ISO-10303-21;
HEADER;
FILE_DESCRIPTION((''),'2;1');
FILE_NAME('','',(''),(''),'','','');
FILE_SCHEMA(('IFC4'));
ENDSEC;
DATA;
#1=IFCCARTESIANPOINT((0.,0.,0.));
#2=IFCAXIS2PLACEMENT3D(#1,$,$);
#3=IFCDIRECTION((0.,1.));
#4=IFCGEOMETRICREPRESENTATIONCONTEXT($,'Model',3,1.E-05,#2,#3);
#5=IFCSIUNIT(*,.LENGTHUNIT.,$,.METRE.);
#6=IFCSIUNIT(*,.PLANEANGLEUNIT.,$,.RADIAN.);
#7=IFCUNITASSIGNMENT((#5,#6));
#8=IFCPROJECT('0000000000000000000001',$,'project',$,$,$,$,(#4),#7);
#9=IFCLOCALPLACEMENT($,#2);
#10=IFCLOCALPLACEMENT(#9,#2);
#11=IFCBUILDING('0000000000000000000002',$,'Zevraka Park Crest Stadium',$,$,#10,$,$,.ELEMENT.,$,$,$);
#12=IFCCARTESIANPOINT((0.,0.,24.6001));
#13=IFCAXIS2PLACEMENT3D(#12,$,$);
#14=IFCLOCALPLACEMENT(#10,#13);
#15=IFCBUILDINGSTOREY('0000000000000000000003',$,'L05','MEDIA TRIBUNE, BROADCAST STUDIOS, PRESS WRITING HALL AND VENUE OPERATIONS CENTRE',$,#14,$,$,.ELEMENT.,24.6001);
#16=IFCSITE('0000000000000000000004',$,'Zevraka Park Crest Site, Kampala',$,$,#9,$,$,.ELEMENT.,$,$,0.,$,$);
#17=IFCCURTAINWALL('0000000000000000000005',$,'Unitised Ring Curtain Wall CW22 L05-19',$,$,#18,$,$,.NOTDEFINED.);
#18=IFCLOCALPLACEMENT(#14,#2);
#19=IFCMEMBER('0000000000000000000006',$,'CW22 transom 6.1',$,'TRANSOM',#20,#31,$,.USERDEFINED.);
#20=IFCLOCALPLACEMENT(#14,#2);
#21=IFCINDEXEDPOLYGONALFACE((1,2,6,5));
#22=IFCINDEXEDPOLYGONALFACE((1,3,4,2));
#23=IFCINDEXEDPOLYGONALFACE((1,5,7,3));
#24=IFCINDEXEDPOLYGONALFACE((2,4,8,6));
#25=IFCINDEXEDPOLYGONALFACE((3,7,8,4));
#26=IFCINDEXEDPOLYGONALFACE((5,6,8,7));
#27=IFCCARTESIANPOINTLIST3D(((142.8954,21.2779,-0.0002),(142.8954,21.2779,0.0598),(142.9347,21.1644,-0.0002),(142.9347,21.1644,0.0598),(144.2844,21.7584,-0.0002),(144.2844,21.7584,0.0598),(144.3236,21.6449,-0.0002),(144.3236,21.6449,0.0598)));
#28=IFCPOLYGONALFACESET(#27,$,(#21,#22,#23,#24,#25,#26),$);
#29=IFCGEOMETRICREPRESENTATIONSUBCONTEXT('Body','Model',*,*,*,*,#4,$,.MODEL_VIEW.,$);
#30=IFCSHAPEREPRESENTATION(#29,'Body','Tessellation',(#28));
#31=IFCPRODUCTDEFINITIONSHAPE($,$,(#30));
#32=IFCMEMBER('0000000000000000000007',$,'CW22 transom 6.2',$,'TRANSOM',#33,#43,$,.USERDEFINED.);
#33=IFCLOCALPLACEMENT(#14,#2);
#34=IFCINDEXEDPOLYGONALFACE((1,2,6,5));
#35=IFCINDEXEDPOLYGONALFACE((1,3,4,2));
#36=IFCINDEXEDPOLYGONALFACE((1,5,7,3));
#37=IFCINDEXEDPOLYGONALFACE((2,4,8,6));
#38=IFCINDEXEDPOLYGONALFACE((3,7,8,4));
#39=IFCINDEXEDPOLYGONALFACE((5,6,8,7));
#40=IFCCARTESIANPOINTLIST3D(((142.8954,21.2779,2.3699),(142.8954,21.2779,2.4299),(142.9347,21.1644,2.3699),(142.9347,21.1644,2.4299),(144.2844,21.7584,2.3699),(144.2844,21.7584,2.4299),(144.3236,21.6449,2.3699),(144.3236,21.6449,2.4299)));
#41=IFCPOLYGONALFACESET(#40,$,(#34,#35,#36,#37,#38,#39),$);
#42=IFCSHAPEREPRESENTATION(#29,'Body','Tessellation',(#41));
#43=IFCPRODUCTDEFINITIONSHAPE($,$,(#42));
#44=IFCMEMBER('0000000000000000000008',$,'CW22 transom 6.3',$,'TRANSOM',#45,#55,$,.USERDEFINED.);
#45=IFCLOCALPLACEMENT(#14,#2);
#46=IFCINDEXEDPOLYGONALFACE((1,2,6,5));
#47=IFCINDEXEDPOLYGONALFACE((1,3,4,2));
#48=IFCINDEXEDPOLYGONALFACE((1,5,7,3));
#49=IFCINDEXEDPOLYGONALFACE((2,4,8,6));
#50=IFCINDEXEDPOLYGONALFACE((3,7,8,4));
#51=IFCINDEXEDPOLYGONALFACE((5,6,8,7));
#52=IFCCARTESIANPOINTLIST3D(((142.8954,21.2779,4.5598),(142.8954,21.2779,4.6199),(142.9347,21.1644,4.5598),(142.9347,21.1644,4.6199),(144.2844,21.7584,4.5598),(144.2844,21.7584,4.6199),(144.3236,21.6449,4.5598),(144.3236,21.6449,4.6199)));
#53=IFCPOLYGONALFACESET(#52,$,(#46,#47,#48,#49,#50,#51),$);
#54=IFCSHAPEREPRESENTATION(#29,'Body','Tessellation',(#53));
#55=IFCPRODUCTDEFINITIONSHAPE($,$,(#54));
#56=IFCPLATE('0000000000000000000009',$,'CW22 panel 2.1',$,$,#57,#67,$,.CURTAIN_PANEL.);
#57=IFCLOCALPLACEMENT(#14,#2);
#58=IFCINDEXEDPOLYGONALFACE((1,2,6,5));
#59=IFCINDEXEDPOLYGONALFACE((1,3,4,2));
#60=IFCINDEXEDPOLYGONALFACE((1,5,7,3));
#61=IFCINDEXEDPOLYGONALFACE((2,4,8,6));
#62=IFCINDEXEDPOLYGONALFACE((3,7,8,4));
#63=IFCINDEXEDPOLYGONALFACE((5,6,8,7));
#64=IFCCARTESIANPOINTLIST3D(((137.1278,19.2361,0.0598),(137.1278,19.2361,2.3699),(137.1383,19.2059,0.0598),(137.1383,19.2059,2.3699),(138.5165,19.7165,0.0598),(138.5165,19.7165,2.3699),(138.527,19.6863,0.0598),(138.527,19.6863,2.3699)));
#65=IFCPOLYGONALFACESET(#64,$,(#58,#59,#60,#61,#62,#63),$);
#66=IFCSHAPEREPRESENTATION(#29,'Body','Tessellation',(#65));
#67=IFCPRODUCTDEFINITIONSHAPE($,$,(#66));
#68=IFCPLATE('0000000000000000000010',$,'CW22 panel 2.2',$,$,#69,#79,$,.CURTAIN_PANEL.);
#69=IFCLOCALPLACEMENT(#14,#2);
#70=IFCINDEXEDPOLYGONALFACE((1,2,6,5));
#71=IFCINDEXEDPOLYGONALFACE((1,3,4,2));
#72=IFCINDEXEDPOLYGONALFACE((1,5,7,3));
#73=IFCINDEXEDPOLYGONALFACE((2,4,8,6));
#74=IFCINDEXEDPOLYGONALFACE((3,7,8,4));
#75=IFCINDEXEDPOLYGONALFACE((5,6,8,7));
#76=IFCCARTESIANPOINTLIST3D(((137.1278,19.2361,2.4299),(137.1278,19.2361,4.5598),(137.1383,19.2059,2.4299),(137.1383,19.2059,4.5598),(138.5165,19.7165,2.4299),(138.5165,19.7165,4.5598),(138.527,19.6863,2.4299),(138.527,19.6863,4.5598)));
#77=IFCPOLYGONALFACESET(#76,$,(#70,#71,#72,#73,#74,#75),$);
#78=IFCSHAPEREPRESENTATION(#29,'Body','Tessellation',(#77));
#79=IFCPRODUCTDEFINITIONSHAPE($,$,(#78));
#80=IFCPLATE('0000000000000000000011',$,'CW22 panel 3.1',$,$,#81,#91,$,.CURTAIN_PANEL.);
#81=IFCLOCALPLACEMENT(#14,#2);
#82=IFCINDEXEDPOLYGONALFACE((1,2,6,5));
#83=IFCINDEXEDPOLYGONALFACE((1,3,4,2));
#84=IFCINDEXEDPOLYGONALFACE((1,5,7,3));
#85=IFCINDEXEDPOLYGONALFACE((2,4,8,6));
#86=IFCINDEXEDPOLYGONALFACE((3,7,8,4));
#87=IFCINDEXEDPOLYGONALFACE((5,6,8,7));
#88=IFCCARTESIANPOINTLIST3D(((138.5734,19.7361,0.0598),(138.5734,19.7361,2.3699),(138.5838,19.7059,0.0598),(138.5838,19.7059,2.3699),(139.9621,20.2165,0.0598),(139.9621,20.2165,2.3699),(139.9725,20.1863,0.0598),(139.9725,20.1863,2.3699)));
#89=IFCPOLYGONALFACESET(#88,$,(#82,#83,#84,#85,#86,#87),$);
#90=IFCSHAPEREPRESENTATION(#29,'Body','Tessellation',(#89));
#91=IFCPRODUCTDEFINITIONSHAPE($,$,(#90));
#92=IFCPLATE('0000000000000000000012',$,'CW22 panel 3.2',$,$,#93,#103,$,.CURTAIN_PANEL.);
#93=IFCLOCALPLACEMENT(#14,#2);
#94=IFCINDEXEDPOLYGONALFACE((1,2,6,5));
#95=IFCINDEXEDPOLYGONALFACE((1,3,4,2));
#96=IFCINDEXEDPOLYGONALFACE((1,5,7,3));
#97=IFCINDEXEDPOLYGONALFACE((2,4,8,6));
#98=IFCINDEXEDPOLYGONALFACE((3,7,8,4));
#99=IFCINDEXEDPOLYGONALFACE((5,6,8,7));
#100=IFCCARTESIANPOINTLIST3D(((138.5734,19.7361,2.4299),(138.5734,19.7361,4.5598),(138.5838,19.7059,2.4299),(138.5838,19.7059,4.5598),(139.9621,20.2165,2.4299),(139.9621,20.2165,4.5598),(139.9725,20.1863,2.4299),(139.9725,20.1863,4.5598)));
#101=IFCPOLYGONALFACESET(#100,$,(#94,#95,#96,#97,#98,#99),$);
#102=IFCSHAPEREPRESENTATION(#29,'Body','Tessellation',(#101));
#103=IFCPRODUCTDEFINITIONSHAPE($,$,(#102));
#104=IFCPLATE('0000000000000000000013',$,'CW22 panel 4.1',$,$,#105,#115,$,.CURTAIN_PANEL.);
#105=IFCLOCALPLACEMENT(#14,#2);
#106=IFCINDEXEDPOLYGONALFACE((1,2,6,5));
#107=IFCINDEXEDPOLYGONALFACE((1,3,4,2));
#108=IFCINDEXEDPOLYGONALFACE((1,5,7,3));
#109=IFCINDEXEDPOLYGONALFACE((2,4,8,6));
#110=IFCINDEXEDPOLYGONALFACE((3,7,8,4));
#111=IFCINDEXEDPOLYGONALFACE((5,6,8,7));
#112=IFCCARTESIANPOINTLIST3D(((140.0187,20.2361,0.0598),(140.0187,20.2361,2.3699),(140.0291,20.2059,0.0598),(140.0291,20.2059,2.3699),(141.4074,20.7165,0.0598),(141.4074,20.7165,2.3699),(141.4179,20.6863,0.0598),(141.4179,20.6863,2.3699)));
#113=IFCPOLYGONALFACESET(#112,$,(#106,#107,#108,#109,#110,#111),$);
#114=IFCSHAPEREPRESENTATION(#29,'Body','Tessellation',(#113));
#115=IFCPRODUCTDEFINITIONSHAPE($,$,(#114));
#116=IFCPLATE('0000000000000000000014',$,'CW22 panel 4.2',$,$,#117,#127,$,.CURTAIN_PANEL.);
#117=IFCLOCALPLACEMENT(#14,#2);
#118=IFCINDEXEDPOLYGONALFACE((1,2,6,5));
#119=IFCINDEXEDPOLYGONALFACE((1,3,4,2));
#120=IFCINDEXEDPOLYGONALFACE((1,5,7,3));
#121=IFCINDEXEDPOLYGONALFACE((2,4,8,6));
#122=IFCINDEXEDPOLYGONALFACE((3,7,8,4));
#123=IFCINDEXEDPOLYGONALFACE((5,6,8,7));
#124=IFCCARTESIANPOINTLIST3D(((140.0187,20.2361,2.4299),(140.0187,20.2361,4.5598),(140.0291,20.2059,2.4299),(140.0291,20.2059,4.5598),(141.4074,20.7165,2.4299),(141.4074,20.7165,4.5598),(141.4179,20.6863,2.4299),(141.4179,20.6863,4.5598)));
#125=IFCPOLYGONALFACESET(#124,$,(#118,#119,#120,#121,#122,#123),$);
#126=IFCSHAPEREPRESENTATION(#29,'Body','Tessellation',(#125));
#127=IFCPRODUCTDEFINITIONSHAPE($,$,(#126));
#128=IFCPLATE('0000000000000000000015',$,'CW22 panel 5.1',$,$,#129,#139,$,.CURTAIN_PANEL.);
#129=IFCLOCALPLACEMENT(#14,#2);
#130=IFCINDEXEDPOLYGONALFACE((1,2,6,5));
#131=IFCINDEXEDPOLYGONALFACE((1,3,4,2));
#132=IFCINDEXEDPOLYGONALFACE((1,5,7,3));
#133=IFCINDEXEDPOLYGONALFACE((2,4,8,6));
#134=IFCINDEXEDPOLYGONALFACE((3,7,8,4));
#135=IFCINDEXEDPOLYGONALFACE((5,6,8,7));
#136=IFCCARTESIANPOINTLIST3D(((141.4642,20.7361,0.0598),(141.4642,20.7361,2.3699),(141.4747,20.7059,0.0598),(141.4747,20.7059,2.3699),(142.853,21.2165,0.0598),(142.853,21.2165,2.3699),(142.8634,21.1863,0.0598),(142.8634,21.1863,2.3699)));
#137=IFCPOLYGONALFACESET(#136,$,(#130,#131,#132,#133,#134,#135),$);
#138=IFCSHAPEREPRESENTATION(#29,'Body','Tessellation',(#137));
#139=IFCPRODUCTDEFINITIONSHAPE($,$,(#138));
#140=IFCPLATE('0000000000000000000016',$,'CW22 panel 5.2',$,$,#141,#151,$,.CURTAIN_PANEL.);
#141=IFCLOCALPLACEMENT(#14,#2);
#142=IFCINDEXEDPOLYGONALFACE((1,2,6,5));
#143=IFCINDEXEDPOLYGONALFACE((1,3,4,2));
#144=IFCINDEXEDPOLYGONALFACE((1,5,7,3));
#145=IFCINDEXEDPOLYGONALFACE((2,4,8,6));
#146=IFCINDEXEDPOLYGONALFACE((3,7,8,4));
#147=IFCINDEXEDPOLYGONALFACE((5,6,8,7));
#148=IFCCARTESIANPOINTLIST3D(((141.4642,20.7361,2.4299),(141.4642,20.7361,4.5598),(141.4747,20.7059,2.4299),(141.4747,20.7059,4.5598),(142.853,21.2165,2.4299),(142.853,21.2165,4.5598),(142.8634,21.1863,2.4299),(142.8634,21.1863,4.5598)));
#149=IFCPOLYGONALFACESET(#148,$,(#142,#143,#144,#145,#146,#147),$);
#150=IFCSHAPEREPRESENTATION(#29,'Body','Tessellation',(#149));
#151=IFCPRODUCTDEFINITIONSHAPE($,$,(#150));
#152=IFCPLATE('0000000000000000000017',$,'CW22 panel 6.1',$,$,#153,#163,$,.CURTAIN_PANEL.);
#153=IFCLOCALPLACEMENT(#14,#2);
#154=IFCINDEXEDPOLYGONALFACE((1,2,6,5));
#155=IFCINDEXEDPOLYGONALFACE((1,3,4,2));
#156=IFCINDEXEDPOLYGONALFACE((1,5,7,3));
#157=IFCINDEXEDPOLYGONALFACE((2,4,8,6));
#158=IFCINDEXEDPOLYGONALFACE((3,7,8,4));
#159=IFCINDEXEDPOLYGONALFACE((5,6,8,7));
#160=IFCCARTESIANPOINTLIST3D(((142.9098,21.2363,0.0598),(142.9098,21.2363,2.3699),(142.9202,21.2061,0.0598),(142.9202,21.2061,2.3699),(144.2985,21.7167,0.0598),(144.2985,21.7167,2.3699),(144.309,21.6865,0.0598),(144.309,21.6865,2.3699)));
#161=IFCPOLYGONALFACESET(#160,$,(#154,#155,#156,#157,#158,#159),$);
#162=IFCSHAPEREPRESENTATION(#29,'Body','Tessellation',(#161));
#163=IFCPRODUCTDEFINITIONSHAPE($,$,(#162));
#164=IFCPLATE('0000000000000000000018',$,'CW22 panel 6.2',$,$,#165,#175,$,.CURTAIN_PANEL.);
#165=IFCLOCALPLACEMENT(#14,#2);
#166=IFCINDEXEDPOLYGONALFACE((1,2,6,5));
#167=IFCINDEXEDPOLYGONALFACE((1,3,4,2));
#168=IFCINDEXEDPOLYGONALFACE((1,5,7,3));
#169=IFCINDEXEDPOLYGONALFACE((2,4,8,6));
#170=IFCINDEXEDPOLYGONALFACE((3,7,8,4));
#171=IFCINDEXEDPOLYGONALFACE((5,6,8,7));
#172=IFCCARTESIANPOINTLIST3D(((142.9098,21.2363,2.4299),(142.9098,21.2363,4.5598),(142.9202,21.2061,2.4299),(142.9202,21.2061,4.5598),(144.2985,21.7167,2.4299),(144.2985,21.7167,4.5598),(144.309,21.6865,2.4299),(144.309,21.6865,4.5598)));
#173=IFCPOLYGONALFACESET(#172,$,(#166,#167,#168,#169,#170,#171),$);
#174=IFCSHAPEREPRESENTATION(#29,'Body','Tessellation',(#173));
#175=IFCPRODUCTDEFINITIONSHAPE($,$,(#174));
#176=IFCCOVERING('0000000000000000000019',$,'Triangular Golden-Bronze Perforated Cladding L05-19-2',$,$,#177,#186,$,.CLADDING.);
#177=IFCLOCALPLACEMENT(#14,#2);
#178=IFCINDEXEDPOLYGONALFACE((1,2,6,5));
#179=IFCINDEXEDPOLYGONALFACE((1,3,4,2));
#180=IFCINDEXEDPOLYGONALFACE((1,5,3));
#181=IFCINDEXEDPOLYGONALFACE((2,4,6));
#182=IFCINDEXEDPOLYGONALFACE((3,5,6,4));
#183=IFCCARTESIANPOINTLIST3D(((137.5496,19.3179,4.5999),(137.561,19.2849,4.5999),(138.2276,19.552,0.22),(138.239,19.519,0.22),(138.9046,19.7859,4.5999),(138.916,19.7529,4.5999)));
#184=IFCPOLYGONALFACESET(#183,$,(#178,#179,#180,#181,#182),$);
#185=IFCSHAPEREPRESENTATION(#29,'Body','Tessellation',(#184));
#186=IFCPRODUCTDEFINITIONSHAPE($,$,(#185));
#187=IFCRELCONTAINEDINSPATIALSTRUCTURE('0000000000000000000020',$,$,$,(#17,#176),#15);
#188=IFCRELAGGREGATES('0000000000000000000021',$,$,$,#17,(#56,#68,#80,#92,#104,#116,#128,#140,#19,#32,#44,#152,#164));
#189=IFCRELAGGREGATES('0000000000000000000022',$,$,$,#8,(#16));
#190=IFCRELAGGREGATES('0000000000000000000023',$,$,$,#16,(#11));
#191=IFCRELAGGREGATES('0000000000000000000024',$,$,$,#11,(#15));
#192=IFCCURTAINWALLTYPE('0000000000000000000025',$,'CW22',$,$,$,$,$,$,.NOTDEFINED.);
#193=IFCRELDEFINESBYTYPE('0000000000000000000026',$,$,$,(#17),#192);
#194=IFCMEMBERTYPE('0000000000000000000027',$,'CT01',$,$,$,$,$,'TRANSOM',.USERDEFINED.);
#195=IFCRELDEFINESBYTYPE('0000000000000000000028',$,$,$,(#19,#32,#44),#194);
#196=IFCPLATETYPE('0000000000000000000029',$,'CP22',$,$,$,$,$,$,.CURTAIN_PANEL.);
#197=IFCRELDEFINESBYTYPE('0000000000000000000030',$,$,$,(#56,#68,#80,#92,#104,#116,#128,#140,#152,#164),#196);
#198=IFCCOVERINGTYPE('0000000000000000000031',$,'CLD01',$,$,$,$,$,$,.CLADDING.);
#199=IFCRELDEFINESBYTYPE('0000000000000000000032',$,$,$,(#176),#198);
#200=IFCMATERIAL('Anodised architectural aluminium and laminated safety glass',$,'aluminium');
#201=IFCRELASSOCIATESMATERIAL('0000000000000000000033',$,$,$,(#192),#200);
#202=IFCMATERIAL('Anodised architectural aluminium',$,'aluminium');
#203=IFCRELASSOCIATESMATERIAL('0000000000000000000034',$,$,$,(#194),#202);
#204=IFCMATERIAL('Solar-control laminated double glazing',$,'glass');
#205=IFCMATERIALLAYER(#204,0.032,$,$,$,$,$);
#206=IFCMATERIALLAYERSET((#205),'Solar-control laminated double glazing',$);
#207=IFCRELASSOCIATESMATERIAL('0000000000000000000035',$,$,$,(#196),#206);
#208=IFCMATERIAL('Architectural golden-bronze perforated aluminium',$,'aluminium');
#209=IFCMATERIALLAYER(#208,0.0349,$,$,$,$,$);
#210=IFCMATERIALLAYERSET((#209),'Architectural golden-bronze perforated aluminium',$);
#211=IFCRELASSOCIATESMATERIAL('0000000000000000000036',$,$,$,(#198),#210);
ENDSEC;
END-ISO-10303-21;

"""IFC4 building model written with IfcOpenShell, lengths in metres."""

from ifc_helpers import new_model, si_unit, direction, frame, origin, origin_2d, place, context, subcontext, project, spatial, polyline, rectangle, outline, extrude, material, layer, layer_set, material_profile, profile_set, type_object, element, aggregate, save


model = new_model("IFC4")

# Units and contexts
model_context = context("Model", 3, precision=1e-05, world=origin(), true_north=direction((0.0, 1.0)))
body_context = subcontext(model_context, "Body", "Model", "MODEL_VIEW")
ifc_project = project(units=[si_unit("LENGTHUNIT", "METRE"), si_unit("PLANEANGLEUNIT", "RADIAN")], contexts=[model_context])

# Site, building, storey
site_placement = place(None, origin())
site = spatial("IfcSite", under=ifc_project, at=site_placement, Name="Zevraka Park Crest Site, Kampala", CompositionType="ELEMENT", RefElevation=0.0)
building_placement = place(site_placement, origin())
building = spatial("IfcBuilding", under=site, at=building_placement, Name="Zevraka Park Crest Stadium", CompositionType="ELEMENT")
storey_placement = place(building_placement, frame((0.0, 0.0, 24.6001)))
storey = spatial("IfcBuildingStorey", under=building, at=storey_placement, Name="L05", Description="MEDIA TRIBUNE, BROADCAST STUDIOS, PRESS WRITING HALL AND VENUE OPERATIONS CENTRE", CompositionType="ELEMENT", Elevation=24.6001)

# Curtain wall, members, plates
ifc_material_1 = material(Name="Anodised architectural aluminium and laminated safety glass", Category="aluminium")
curtain_wall_type = type_object("IfcCurtainWallType", Name="CW22", PredefinedType="NOTDEFINED", material=ifc_material_1)
curtain_wall_placement = place(storey_placement, origin())
curtain_wall = element("IfcCurtainWall", 1, at=curtain_wall_placement, inside=storey, type_object=curtain_wall_type, Name="Unitised Ring Curtain Wall CW22 L05-19", PredefinedType="NOTDEFINED")
ifc_material_2 = material(Name="Anodised architectural aluminium", Category="aluminium")
ifc_material_profile_1 = material_profile(ifc_material_2, rectangle(XDim=0.1201, YDim=0.0601, at=origin_2d()), Name="ALU TRANSOM 120x60")
ifc_profile_set_1 = profile_set([ifc_material_profile_1], Name="Anodised architectural aluminium")
member_type_1 = type_object("IfcMemberType", Name="CT01", ElementType="TRANSOM", PredefinedType="USERDEFINED", material=ifc_profile_set_1)
member_1_placement = place(storey_placement, frame((142.915, 21.2212, 0.0298), z_axis=(0.945051, 0.326922, 0.0), x_axis=(-0.326922, 0.945051, 0.0)))
member_1 = element("IfcMember", 2, at=member_1_placement, type_object=member_type_1, Name="CW22 transom 6.1", ObjectType="TRANSOM", PredefinedType="USERDEFINED", context=body_context, shape_type="SweptSolid", body=[
    extrude(rectangle(XDim=0.1201, YDim=0.0601, at=origin_2d()), origin(), (0.0, 0.0, 1.0), 1.4697),
])
member_2_placement = place(storey_placement, frame((142.915, 21.2212, 2.3999), z_axis=(0.945051, 0.326922, 0.0), x_axis=(-0.326922, 0.945051, 0.0)))
member_2 = element("IfcMember", 3, at=member_2_placement, type_object=member_type_1, Name="CW22 transom 6.2", ObjectType="TRANSOM", PredefinedType="USERDEFINED", context=body_context, shape_type="SweptSolid", body=[
    extrude(rectangle(XDim=0.1201, YDim=0.0601, at=origin_2d()), origin(), (0.0, 0.0, 1.0), 1.4697),
])
member_3_placement = place(storey_placement, frame((142.915, 21.2212, 4.5898), z_axis=(0.945051, 0.326922, 0.0), x_axis=(-0.326922, 0.945051, 0.0)))
member_3 = element("IfcMember", 4, at=member_3_placement, type_object=member_type_1, Name="CW22 transom 6.3", ObjectType="TRANSOM", PredefinedType="USERDEFINED", context=body_context, shape_type="SweptSolid", body=[
    extrude(rectangle(XDim=0.1201, YDim=0.0601, at=origin_2d()), origin(), (0.0, 0.0, 1.0), 1.4697),
])
ifc_material_3 = material(Name="Solar-control laminated double glazing", Category="glass")
ifc_layer_1 = layer(ifc_material_3, 0.032)
ifc_layer_set_1 = layer_set([ifc_layer_1], Name="Solar-control laminated double glazing")
plate_type = type_object("IfcPlateType", Name="CP22", PredefinedType="CURTAIN_PANEL", material=ifc_layer_set_1)
plate_1_placement = place(storey_placement, frame((137.8274, 19.4612, 0.0598), z_axis=(0.0, 0.0, 1.0), x_axis=(0.945049, 0.326929, 0.0)))
plate_1 = element("IfcPlate", 5, at=plate_1_placement, type_object=plate_type, Name="CW22 panel 2.1", PredefinedType="CURTAIN_PANEL", context=body_context, shape_type="SweptSolid", body=[
    extrude(rectangle(XDim=1.4695, YDim=0.032, at=origin_2d()), origin(), (0.0, 0.0, 1.0), 2.3101),
])
plate_2_placement = place(storey_placement, frame((137.8274, 19.4612, 2.4299), z_axis=(0.0, 0.0, 1.0), x_axis=(0.945049, 0.326929, 0.0)))
plate_2 = element("IfcPlate", 6, at=plate_2_placement, type_object=plate_type, Name="CW22 panel 2.2", PredefinedType="CURTAIN_PANEL", context=body_context, shape_type="SweptSolid", body=[
    extrude(rectangle(XDim=1.4695, YDim=0.032, at=origin_2d()), origin(), (0.0, 0.0, 1.0), 2.1299),
])
plate_3_placement = place(storey_placement, frame((139.2729, 19.9612, 0.0598), z_axis=(0.0, 0.0, 1.0), x_axis=(0.945049, 0.326929, 0.0)))
plate_3 = element("IfcPlate", 7, at=plate_3_placement, type_object=plate_type, Name="CW22 panel 3.1", PredefinedType="CURTAIN_PANEL", context=body_context, shape_type="SweptSolid", body=[
    extrude(rectangle(XDim=1.4695, YDim=0.032, at=origin_2d()), origin(), (0.0, 0.0, 1.0), 2.3101),
])
plate_4_placement = place(storey_placement, frame((139.2729, 19.9612, 2.4299), z_axis=(0.0, 0.0, 1.0), x_axis=(0.945049, 0.326929, 0.0)))
plate_4 = element("IfcPlate", 8, at=plate_4_placement, type_object=plate_type, Name="CW22 panel 3.2", PredefinedType="CURTAIN_PANEL", context=body_context, shape_type="SweptSolid", body=[
    extrude(rectangle(XDim=1.4695, YDim=0.032, at=origin_2d()), origin(), (0.0, 0.0, 1.0), 2.1299),
])
plate_5_placement = place(storey_placement, frame((140.7183, 20.4612, 0.0598), z_axis=(0.0, 0.0, 1.0), x_axis=(0.945049, 0.326929, 0.0)))
plate_5 = element("IfcPlate", 9, at=plate_5_placement, type_object=plate_type, Name="CW22 panel 4.1", PredefinedType="CURTAIN_PANEL", context=body_context, shape_type="SweptSolid", body=[
    extrude(rectangle(XDim=1.4695, YDim=0.032, at=origin_2d()), origin(), (0.0, 0.0, 1.0), 2.3101),
])
plate_6_placement = place(storey_placement, frame((140.7183, 20.4612, 2.4299), z_axis=(0.0, 0.0, 1.0), x_axis=(0.945049, 0.326929, 0.0)))
plate_6 = element("IfcPlate", 10, at=plate_6_placement, type_object=plate_type, Name="CW22 panel 4.2", PredefinedType="CURTAIN_PANEL", context=body_context, shape_type="SweptSolid", body=[
    extrude(rectangle(XDim=1.4695, YDim=0.032, at=origin_2d()), origin(), (0.0, 0.0, 1.0), 2.1299),
])
plate_7_placement = place(storey_placement, frame((142.1638, 20.9612, 0.0598), z_axis=(0.0, 0.0, 1.0), x_axis=(0.945049, 0.326929, 0.0)))
plate_7 = element("IfcPlate", 11, at=plate_7_placement, type_object=plate_type, Name="CW22 panel 5.1", PredefinedType="CURTAIN_PANEL", context=body_context, shape_type="SweptSolid", body=[
    extrude(rectangle(XDim=1.4695, YDim=0.032, at=origin_2d()), origin(), (0.0, 0.0, 1.0), 2.3101),
])
plate_8_placement = place(storey_placement, frame((142.1638, 20.9612, 2.4299), z_axis=(0.0, 0.0, 1.0), x_axis=(0.945049, 0.326929, 0.0)))
plate_8 = element("IfcPlate", 12, at=plate_8_placement, type_object=plate_type, Name="CW22 panel 5.2", PredefinedType="CURTAIN_PANEL", context=body_context, shape_type="SweptSolid", body=[
    extrude(rectangle(XDim=1.4695, YDim=0.032, at=origin_2d()), origin(), (0.0, 0.0, 1.0), 2.1299),
])
plate_9_placement = place(storey_placement, frame((143.6094, 21.4614, 0.0598), z_axis=(0.0, 0.0, 1.0), x_axis=(0.945049, 0.326929, 0.0)))
plate_9 = element("IfcPlate", 13, at=plate_9_placement, type_object=plate_type, Name="CW22 panel 6.1", PredefinedType="CURTAIN_PANEL", context=body_context, shape_type="SweptSolid", body=[
    extrude(rectangle(XDim=1.4695, YDim=0.032, at=origin_2d()), origin(), (0.0, 0.0, 1.0), 2.3101),
])
plate_10_placement = place(storey_placement, frame((143.6094, 21.4614, 2.4299), z_axis=(0.0, 0.0, 1.0), x_axis=(0.945049, 0.326929, 0.0)))
plate_10 = element("IfcPlate", 14, at=plate_10_placement, type_object=plate_type, Name="CW22 panel 6.2", PredefinedType="CURTAIN_PANEL", context=body_context, shape_type="SweptSolid", body=[
    extrude(rectangle(XDim=1.4695, YDim=0.032, at=origin_2d()), origin(), (0.0, 0.0, 1.0), 2.1299),
])
aggregate(curtain_wall, [plate_1, plate_2, plate_3, plate_4, plate_5, plate_6, plate_7, plate_8, member_1, member_2, member_3, plate_9, plate_10])

# Covering
ifc_material_4 = material(Name="Architectural golden-bronze perforated aluminium", Category="aluminium")
ifc_layer_2 = layer(ifc_material_4, 0.0349)
ifc_layer_set_2 = layer_set([ifc_layer_2], Name="Architectural golden-bronze perforated aluminium")
covering_type = type_object("IfcCoveringType", Name="CLD01", PredefinedType="CLADDING", material=ifc_layer_set_2)
covering_1_placement = place(storey_placement, frame((138.916, 19.7529, 4.5999), z_axis=(0.326479, -0.945205, 0.00001), x_axis=(-0.945205, -0.326479, 0.0)))
element("IfcCovering", 15, at=covering_1_placement, inside=storey, type_object=covering_type, Name="Triangular Golden-Bronze Perforated Cladding L05-19-2", PredefinedType="CLADDING", context=body_context, shape_type="SweptSolid", body=[
    extrude(outline(polyline([(0.0, 0.0), (1.4335, 0.0), (0.7163, 4.3799), (0.0, 0.0)])), origin(), (0.0, 0.0, -1.0), 0.0349),
])

save(model, "model.ifc")
